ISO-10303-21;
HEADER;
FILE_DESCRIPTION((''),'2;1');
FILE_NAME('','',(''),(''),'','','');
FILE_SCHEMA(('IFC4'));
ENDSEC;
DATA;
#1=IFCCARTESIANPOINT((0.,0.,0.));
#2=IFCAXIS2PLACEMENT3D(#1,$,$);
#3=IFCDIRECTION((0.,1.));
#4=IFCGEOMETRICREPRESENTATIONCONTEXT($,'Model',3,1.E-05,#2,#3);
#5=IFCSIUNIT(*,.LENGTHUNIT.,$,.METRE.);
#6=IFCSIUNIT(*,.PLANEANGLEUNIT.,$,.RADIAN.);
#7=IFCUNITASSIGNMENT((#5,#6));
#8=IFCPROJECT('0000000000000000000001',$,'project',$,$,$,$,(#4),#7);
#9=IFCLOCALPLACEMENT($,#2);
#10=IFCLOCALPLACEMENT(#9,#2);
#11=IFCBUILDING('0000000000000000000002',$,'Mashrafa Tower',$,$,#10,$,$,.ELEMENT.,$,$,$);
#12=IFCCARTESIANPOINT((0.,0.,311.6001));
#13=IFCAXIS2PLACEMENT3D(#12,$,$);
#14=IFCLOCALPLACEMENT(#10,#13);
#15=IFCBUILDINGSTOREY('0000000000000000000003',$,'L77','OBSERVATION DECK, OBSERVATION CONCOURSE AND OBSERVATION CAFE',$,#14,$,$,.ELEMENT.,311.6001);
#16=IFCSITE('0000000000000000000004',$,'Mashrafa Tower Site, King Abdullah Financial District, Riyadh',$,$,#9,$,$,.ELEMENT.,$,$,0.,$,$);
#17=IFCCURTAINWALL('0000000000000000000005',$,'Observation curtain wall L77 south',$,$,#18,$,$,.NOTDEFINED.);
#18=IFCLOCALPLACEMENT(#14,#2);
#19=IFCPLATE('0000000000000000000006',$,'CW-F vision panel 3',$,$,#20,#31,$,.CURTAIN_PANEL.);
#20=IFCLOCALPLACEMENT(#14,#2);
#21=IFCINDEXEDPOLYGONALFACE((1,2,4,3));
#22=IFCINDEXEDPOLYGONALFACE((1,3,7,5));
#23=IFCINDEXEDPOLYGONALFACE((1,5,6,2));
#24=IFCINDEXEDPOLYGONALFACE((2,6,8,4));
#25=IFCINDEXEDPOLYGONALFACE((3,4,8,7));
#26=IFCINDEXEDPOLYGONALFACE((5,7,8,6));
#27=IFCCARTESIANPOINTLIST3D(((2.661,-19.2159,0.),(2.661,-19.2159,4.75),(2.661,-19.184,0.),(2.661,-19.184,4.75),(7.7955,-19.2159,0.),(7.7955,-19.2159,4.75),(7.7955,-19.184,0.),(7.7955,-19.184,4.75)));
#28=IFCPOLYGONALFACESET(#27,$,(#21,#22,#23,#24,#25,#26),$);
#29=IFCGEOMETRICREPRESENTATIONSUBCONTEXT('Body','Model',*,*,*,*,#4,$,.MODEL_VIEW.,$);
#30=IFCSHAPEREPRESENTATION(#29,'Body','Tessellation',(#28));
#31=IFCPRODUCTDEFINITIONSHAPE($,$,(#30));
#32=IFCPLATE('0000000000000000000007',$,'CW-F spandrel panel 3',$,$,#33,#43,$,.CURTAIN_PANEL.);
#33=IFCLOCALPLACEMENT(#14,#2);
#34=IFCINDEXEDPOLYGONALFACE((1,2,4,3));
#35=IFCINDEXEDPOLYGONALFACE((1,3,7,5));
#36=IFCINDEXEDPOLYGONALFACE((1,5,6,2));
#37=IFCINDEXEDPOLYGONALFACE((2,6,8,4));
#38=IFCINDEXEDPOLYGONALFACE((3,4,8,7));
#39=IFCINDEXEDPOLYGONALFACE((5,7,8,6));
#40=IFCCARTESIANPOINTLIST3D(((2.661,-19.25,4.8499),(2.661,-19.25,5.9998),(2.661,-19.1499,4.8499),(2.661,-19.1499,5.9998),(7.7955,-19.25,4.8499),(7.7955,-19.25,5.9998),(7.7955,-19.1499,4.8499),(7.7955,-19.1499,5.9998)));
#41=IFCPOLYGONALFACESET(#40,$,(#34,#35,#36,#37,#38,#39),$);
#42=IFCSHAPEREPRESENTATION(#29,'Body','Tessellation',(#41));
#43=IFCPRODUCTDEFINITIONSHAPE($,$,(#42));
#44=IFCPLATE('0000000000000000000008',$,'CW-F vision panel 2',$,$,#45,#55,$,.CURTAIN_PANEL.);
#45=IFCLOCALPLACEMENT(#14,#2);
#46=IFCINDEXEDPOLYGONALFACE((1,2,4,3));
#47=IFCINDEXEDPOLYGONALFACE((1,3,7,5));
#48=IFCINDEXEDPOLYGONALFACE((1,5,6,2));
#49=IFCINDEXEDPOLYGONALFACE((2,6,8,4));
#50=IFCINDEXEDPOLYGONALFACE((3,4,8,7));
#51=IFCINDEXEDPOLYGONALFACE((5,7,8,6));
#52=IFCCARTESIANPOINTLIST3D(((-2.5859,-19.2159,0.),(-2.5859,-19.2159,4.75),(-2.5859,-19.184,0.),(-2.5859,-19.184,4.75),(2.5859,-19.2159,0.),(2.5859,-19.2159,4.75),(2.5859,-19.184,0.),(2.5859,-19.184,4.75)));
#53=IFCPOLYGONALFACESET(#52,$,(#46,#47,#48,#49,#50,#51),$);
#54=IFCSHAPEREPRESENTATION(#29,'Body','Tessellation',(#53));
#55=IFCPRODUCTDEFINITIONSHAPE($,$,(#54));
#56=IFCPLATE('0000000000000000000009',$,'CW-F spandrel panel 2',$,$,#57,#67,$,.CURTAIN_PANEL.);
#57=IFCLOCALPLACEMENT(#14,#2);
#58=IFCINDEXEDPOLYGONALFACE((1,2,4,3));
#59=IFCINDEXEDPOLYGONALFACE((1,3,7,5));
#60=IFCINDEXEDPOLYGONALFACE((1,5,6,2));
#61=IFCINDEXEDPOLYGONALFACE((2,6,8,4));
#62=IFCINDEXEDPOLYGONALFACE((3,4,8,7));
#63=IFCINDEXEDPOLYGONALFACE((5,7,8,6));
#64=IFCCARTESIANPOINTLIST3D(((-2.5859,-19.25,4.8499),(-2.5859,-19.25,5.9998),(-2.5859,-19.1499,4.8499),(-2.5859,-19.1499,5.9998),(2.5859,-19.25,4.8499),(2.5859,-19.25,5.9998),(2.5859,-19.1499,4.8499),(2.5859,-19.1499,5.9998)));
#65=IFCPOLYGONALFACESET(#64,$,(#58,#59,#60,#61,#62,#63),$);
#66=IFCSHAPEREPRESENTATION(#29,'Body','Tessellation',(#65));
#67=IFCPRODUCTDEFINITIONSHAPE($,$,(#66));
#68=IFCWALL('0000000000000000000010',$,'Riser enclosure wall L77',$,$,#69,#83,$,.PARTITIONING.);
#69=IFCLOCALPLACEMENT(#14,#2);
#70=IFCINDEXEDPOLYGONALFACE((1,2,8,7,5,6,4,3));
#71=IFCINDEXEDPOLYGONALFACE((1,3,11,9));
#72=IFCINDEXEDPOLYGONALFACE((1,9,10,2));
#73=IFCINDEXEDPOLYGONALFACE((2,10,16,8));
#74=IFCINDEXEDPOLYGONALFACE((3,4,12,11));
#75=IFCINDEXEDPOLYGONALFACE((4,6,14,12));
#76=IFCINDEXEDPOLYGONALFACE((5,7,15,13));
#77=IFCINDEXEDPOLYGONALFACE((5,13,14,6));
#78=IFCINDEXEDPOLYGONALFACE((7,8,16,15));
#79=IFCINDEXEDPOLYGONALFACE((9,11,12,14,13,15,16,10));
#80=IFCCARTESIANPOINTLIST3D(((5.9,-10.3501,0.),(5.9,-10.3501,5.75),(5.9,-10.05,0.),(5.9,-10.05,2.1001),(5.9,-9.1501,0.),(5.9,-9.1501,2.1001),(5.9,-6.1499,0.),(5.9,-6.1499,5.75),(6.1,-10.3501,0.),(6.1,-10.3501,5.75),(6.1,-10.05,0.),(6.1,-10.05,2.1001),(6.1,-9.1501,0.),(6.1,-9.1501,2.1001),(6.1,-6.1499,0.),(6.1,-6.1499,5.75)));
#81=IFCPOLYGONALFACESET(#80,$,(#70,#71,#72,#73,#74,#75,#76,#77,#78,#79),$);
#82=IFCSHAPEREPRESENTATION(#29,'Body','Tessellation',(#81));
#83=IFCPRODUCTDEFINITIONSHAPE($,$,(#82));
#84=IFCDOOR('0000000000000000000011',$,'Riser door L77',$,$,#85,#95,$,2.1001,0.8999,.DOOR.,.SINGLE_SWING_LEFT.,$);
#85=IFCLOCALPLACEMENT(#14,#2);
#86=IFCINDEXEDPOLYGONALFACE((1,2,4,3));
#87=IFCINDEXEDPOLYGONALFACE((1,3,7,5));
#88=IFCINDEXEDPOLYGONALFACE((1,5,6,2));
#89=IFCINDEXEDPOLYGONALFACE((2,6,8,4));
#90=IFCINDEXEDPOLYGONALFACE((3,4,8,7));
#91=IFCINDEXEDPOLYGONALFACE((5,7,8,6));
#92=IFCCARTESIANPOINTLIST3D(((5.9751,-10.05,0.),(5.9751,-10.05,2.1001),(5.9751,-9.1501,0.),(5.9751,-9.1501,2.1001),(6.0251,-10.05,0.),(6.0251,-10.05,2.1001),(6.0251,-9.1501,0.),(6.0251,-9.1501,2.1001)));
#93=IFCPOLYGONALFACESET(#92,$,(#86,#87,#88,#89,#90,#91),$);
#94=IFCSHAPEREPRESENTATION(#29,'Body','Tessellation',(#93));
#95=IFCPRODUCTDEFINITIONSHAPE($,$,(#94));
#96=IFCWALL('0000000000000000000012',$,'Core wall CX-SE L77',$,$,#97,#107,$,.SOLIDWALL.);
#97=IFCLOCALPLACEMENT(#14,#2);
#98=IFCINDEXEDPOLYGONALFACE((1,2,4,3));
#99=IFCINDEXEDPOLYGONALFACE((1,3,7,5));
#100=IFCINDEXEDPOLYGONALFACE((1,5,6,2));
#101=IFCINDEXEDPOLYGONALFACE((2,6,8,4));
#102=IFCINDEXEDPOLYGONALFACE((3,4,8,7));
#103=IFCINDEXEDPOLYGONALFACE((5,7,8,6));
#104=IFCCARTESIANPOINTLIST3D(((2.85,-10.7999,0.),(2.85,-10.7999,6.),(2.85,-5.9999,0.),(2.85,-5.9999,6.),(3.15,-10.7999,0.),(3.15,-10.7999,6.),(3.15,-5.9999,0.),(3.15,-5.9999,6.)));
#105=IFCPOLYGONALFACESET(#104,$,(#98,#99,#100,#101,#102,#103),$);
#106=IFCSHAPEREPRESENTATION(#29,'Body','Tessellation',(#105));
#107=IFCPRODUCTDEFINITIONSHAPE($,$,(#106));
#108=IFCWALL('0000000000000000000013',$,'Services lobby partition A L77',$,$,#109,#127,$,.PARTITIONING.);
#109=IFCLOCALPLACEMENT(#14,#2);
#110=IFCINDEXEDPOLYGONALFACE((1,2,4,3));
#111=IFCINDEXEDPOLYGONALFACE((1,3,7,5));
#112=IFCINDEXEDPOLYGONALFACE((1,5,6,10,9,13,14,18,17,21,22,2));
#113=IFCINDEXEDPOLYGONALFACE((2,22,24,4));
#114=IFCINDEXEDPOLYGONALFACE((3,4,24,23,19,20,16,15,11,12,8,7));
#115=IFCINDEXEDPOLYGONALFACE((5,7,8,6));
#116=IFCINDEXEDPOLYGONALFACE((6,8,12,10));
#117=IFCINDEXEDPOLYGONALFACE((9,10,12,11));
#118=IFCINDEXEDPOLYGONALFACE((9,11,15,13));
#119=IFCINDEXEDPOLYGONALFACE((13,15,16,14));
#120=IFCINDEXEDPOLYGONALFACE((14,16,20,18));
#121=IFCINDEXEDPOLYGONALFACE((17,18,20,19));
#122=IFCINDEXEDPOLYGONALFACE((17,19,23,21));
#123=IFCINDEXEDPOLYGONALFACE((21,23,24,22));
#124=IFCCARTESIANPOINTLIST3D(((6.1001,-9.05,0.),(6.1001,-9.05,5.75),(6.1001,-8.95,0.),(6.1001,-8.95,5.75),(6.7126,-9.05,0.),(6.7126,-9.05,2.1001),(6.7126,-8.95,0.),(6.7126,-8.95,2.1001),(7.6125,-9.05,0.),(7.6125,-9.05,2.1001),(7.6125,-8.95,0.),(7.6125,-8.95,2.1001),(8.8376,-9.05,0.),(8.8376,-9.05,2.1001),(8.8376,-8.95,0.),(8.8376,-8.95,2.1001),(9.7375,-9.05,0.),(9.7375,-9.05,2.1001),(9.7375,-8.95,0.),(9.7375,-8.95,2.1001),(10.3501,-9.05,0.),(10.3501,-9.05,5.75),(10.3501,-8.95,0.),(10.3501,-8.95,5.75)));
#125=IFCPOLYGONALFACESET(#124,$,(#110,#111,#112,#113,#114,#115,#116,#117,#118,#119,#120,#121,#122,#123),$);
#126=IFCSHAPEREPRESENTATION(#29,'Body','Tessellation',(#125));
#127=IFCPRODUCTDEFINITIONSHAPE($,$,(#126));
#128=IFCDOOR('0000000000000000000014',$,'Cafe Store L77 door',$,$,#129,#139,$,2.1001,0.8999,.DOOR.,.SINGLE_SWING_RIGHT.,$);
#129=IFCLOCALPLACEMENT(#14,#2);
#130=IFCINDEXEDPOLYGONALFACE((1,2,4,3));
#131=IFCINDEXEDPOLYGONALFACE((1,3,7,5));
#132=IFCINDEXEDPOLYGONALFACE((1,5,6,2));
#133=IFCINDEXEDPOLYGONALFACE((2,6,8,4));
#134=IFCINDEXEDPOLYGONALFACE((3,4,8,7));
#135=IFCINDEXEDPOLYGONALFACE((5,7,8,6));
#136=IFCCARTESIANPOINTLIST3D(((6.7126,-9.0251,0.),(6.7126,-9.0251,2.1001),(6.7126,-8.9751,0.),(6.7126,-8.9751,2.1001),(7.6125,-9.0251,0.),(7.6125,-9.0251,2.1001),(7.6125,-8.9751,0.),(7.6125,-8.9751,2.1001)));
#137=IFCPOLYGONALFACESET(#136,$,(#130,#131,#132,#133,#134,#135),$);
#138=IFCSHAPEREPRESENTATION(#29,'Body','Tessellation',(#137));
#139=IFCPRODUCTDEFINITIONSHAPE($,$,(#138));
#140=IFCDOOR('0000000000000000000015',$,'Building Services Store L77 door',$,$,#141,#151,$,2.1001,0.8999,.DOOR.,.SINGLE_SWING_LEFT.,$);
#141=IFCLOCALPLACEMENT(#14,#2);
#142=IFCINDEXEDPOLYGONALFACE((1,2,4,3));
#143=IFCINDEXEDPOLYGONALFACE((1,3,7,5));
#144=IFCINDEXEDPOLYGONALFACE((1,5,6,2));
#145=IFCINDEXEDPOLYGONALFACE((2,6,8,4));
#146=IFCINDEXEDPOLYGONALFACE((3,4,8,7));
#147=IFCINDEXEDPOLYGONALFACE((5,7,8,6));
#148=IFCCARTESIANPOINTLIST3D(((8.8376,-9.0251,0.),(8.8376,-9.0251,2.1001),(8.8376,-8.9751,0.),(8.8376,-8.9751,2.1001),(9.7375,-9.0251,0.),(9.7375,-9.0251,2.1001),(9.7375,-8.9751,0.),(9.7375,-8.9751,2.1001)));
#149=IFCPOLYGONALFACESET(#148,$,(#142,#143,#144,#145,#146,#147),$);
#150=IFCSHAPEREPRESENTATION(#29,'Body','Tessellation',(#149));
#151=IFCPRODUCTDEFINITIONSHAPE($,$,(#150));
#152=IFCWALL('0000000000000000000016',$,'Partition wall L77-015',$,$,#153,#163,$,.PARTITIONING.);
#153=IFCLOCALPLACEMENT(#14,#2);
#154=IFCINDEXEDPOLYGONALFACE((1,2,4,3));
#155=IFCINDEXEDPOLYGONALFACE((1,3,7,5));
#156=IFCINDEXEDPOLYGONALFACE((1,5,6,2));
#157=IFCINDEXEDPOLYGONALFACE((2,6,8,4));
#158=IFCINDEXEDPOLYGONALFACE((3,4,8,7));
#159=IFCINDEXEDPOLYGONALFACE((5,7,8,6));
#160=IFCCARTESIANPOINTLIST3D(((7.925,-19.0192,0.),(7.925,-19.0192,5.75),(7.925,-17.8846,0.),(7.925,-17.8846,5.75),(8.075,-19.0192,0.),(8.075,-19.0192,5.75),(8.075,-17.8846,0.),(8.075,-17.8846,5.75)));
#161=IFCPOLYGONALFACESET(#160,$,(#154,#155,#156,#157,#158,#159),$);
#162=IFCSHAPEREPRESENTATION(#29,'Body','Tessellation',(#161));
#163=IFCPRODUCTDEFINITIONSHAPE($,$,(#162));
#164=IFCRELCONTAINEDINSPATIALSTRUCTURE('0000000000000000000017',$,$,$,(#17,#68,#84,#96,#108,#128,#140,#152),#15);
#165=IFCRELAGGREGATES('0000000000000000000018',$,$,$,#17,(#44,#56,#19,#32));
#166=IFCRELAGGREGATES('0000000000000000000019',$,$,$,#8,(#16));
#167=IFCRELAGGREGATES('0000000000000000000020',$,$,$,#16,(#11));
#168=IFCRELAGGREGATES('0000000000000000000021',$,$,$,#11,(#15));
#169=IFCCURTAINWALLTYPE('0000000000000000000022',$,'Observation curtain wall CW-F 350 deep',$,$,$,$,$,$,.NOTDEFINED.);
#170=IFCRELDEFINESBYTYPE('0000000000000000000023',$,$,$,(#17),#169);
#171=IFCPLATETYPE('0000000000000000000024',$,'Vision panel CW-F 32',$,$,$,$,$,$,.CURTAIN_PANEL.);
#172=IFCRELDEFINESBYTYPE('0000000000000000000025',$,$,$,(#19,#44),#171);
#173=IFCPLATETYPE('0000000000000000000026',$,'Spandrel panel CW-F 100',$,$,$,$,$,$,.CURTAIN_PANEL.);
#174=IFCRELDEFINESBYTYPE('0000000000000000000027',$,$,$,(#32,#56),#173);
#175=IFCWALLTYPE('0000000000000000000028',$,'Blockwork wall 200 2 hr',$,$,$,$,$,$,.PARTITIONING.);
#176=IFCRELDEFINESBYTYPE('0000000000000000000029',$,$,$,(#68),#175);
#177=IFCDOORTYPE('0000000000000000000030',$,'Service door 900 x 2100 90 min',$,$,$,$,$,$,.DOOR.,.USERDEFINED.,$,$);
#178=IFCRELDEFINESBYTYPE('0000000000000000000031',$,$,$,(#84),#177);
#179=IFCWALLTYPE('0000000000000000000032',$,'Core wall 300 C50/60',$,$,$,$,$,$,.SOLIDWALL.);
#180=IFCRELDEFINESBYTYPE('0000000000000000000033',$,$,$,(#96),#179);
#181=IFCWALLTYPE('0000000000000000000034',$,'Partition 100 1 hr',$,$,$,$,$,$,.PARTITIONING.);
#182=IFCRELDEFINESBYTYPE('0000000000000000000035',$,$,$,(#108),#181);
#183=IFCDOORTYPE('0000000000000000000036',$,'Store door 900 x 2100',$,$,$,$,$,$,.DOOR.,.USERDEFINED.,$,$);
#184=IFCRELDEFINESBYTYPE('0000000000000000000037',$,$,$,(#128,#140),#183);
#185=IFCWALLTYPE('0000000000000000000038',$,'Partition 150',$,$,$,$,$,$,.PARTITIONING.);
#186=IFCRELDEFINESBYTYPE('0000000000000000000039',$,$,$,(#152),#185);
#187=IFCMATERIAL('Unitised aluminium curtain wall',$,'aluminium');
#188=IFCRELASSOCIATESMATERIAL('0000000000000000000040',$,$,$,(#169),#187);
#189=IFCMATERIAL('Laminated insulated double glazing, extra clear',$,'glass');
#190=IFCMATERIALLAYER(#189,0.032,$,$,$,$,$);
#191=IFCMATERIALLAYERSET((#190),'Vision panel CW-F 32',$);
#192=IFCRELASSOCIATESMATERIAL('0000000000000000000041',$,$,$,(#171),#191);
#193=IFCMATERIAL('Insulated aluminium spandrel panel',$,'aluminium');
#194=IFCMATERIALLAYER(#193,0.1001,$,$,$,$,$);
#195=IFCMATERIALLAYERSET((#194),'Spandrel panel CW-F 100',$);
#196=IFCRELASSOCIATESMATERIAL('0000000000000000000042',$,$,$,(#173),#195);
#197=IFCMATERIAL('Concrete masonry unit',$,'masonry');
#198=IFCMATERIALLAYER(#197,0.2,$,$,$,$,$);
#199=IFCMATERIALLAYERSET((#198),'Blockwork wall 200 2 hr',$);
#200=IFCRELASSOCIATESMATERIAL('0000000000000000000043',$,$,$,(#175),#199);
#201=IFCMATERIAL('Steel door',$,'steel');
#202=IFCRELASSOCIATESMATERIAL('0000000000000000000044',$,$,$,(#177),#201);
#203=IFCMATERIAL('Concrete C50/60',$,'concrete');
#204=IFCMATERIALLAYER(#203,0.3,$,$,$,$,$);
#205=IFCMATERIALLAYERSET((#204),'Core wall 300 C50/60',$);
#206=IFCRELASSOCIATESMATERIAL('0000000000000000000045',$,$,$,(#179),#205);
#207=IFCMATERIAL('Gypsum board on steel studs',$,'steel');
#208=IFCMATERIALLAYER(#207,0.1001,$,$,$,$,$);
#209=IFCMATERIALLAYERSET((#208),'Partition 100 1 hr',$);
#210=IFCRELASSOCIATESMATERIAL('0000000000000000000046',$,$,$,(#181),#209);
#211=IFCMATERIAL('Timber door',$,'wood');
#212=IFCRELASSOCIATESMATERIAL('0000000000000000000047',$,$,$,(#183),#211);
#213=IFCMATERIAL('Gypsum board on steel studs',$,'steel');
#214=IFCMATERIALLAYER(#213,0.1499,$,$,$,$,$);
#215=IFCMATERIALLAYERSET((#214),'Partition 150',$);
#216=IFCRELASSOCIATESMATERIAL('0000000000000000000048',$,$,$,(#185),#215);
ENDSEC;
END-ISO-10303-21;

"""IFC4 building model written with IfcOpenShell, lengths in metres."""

from ifc_helpers import new_model, si_unit, direction, frame, frame_2d, origin, origin_2d, place, context, subcontext, project, spatial, rectangle, extrude, source, transform, mapped, material, layer, layer_set, type_object, type_shapes, element, fill, aggregate, save


model = new_model("IFC4")

# Units and contexts
model_context = context("Model", 3, precision=1e-05, world=origin(), true_north=direction((0.0, 1.0)))
body_context = subcontext(model_context, "Body", "Model", "MODEL_VIEW")
ifc_project = project(units=[si_unit("LENGTHUNIT", "METRE"), si_unit("PLANEANGLEUNIT", "RADIAN")], contexts=[model_context])

# Site, building, storey
site_placement = place(None, origin())
site = spatial("IfcSite", under=ifc_project, at=site_placement, Name="Mashrafa Tower Site, King Abdullah Financial District, Riyadh", CompositionType="ELEMENT", RefElevation=0.0)
building_placement = place(site_placement, origin())
building = spatial("IfcBuilding", under=site, at=building_placement, Name="Mashrafa Tower", CompositionType="ELEMENT")
storey_placement = place(building_placement, frame((0.0, 0.0, 311.6001)))
storey = spatial("IfcBuildingStorey", under=building, at=storey_placement, Name="L77", Description="OBSERVATION DECK, OBSERVATION CONCOURSE AND OBSERVATION CAFE", CompositionType="ELEMENT", Elevation=311.6001)

# Curtain wall
ifc_material_1 = material(Name="Unitised aluminium curtain wall", Category="aluminium")
curtain_wall_type = type_object("IfcCurtainWallType", Name="Observation curtain wall CW-F 350 deep", PredefinedType="NOTDEFINED", material=ifc_material_1)
curtain_wall_1_placement = place(storey_placement, origin())
curtain_wall_1 = element("IfcCurtainWall", 1, at=curtain_wall_1_placement, inside=storey, type_object=curtain_wall_type, Name="Observation curtain wall L77 south", PredefinedType="NOTDEFINED")

# Plates
ifc_material_2 = material(Name="Laminated insulated double glazing, extra clear", Category="glass")
ifc_layer_1 = layer(ifc_material_2, 0.032)
ifc_layer_set_1 = layer_set([ifc_layer_1], Name="Vision panel CW-F 32")
plate_type_1 = type_object("IfcPlateType", Name="Vision panel CW-F 32", PredefinedType="CURTAIN_PANEL", material=ifc_layer_set_1)
shared_shape_1 = source(origin(), body_context, "Body", "SweptSolid", [
    extrude(rectangle(XDim=5.1345, YDim=0.032, at=origin_2d()), origin(), (0.0, 0.0, 1.0), 4.75),
])
plate_1_placement = place(storey_placement, frame((5.2283, -19.2, 0.0), z_axis=(0.0, 0.0, 1.0), x_axis=(1.0, 0.0, 0.0)))
plate_1 = element("IfcPlate", 2, at=plate_1_placement, type_object=plate_type_1, Name="CW-F vision panel 3", PredefinedType="CURTAIN_PANEL", context=body_context, shape_type="MappedRepresentation", body=[
    mapped(shared_shape_1, transform((0.0, 0.0, 0.0))),
])
ifc_material_3 = material(Name="Insulated aluminium spandrel panel", Category="aluminium")
ifc_layer_2 = layer(ifc_material_3, 0.1001)
ifc_layer_set_2 = layer_set([ifc_layer_2], Name="Spandrel panel CW-F 100")
plate_type_2 = type_object("IfcPlateType", Name="Spandrel panel CW-F 100", PredefinedType="CURTAIN_PANEL", material=ifc_layer_set_2)
shared_shape_2 = source(origin(), body_context, "Body", "SweptSolid", [
    extrude(rectangle(XDim=5.1345, YDim=0.1001, at=origin_2d()), origin(), (0.0, 0.0, 1.0), 1.1499),
])
plate_2_placement = place(storey_placement, frame((5.2283, -19.2, 4.8499), z_axis=(0.0, 0.0, 1.0), x_axis=(1.0, 0.0, 0.0)))
plate_2 = element("IfcPlate", 3, at=plate_2_placement, type_object=plate_type_2, Name="CW-F spandrel panel 3", PredefinedType="CURTAIN_PANEL", context=body_context, shape_type="MappedRepresentation", body=[
    mapped(shared_shape_2, transform((0.0, 0.0, 0.0))),
])
shared_shape_3 = source(origin(), body_context, "Body", "SweptSolid", [
    extrude(rectangle(XDim=5.1719, YDim=0.032, at=origin_2d()), origin(), (0.0, 0.0, 1.0), 4.75),
])
type_shapes(plate_type_1, [shared_shape_1, shared_shape_3])
plate_3_placement = place(storey_placement, frame((0.0, -19.2, 0.0), z_axis=(0.0, 0.0, 1.0), x_axis=(1.0, 0.0, 0.0)))
plate_3 = element("IfcPlate", 4, at=plate_3_placement, type_object=plate_type_1, Name="CW-F vision panel 2", PredefinedType="CURTAIN_PANEL", context=body_context, shape_type="MappedRepresentation", body=[
    mapped(shared_shape_3, transform((0.0, 0.0, 0.0))),
])
shared_shape_4 = source(origin(), body_context, "Body", "SweptSolid", [
    extrude(rectangle(XDim=5.1719, YDim=0.1001, at=origin_2d()), origin(), (0.0, 0.0, 1.0), 1.1499),
])
type_shapes(plate_type_2, [shared_shape_2, shared_shape_4])
plate_4_placement = place(storey_placement, frame((0.0, -19.2, 4.8499), z_axis=(0.0, 0.0, 1.0), x_axis=(1.0, 0.0, 0.0)))
plate_4 = element("IfcPlate", 5, at=plate_4_placement, type_object=plate_type_2, Name="CW-F spandrel panel 2", PredefinedType="CURTAIN_PANEL", context=body_context, shape_type="MappedRepresentation", body=[
    mapped(shared_shape_4, transform((0.0, 0.0, 0.0))),
])
aggregate(curtain_wall_1, [plate_3, plate_4, plate_1, plate_2])

# Wall, opening, door
ifc_material_4 = material(Name="Concrete masonry unit", Category="masonry")
ifc_layer_3 = layer(ifc_material_4, 0.2)
ifc_layer_set_3 = layer_set([ifc_layer_3], Name="Blockwork wall 200 2 hr")
wall_type_1 = type_object("IfcWallType", Name="Blockwork wall 200 2 hr", PredefinedType="PARTITIONING", material=ifc_layer_set_3)
wall_1_placement = place(storey_placement, frame((6.0, -10.3501, 0.0), z_axis=(0.0, 0.0, 1.0), x_axis=(0.0, 1.0, 0.0)))
wall_1 = element("IfcWall", 6, at=wall_1_placement, inside=storey, type_object=wall_type_1, Name="Riser enclosure wall L77", PredefinedType="PARTITIONING", context=body_context, shape_type="SweptSolid", body=[
    extrude(rectangle(XDim=4.2002, YDim=0.2, at=frame_2d((2.1001, 0.0))), origin(), (0.0, 0.0, 1.0), 5.75),
])
opening_1_placement = place(wall_1_placement, frame((0.3, 0.0, 0.0)))
opening_1 = element("IfcOpeningElement", 7, at=opening_1_placement, cuts=wall_1, PredefinedType="OPENING", context=body_context, shape_type="SweptSolid", body=[
    extrude(rectangle(XDim=0.8999, YDim=2.1001, at=frame_2d((0.45, 1.05))), frame((0.0, 0.1099, 0.0), z_axis=(0.0, -1.0, 0.0), x_axis=(1.0, 0.0, 0.0)), (0.0, 0.0, 1.0), 0.22),
])
ifc_material_5 = material(Name="Steel door", Category="steel")
door_type_1 = type_object("IfcDoorType", Name="Service door 900 x 2100 90 min", OperationType="USERDEFINED", PredefinedType="DOOR", material=ifc_material_5)
door_1_placement = place(opening_1_placement, origin())
door_1 = element("IfcDoor", 8, at=door_1_placement, inside=storey, type_object=door_type_1, Name="Riser door L77", OperationType="SINGLE_SWING_LEFT", OverallHeight=2.1001, OverallWidth=0.8999, PredefinedType="DOOR", context=body_context, shape_type="SweptSolid", body=[
    extrude(rectangle(XDim=0.8999, YDim=2.1001, at=frame_2d((0.45, 1.05))), frame((0.0, 0.0249, 0.0), z_axis=(0.0, -1.0, 0.0), x_axis=(1.0, 0.0, 0.0)), (0.0, 0.0, 1.0), 0.05),
])
fill(opening_1, door_1)

# Wall
ifc_material_6 = material(Name="Concrete C50/60", Category="concrete")
ifc_layer_4 = layer(ifc_material_6, 0.3)
ifc_layer_set_4 = layer_set([ifc_layer_4], Name="Core wall 300 C50/60")
wall_type_2 = type_object("IfcWallType", Name="Core wall 300 C50/60", PredefinedType="SOLIDWALL", material=ifc_layer_set_4)
wall_2_placement = place(storey_placement, frame((3.0, -6.0, 0.0), z_axis=(0.0, 0.0, 1.0), x_axis=(0.0, -1.0, 0.0)))
element("IfcWall", 9, at=wall_2_placement, inside=storey, type_object=wall_type_2, Name="Core wall CX-SE L77", PredefinedType="SOLIDWALL", context=body_context, shape_type="SweptSolid", body=[
    extrude(rectangle(XDim=4.8, YDim=0.3, at=frame_2d((2.3999, 0.0))), origin(), (0.0, 0.0, 1.0), 6.0),
])

# Wall, openings, doors
ifc_material_7 = material(Name="Gypsum board on steel studs", Category="steel")
ifc_layer_5 = layer(ifc_material_7, 0.1001)
ifc_layer_set_5 = layer_set([ifc_layer_5], Name="Partition 100 1 hr")
wall_type_3 = type_object("IfcWallType", Name="Partition 100 1 hr", PredefinedType="PARTITIONING", material=ifc_layer_set_5)
wall_3_placement = place(storey_placement, frame((6.1001, -9.0, 0.0), z_axis=(0.0, 0.0, 1.0), x_axis=(1.0, 0.0, 0.0)))
wall_3 = element("IfcWall", 10, at=wall_3_placement, inside=storey, type_object=wall_type_3, Name="Services lobby partition A L77", PredefinedType="PARTITIONING", context=body_context, shape_type="SweptSolid", body=[
    extrude(rectangle(XDim=4.25, YDim=0.1001, at=frame_2d((2.125, 0.0))), origin(), (0.0, 0.0, 1.0), 5.75),
])
opening_2_placement = place(wall_3_placement, frame((0.6125, 0.0, 0.0)))
opening_2 = element("IfcOpeningElement", 11, at=opening_2_placement, cuts=wall_3, PredefinedType="OPENING", context=body_context, shape_type="SweptSolid", body=[
    extrude(rectangle(XDim=0.8999, YDim=2.1001, at=frame_2d((0.45, 1.05))), frame((0.0, 0.0601, 0.0), z_axis=(0.0, -1.0, 0.0), x_axis=(1.0, 0.0, 0.0)), (0.0, 0.0, 1.0), 0.1201),
])
opening_3_placement = place(wall_3_placement, frame((2.7375, 0.0, 0.0)))
opening_3 = element("IfcOpeningElement", 12, at=opening_3_placement, cuts=wall_3, PredefinedType="OPENING", context=body_context, shape_type="SweptSolid", body=[
    extrude(rectangle(XDim=0.8999, YDim=2.1001, at=frame_2d((0.45, 1.05))), frame((0.0, 0.0601, 0.0), z_axis=(0.0, -1.0, 0.0), x_axis=(1.0, 0.0, 0.0)), (0.0, 0.0, 1.0), 0.1201),
])
ifc_material_8 = material(Name="Timber door", Category="wood")
door_type_2 = type_object("IfcDoorType", Name="Store door 900 x 2100", OperationType="USERDEFINED", PredefinedType="DOOR", material=ifc_material_8)
door_2_placement = place(opening_2_placement, origin())
door_2 = element("IfcDoor", 13, at=door_2_placement, inside=storey, type_object=door_type_2, Name="Cafe Store L77 door", OperationType="SINGLE_SWING_RIGHT", OverallHeight=2.1001, OverallWidth=0.8999, PredefinedType="DOOR", context=body_context, shape_type="SweptSolid", body=[
    extrude(rectangle(XDim=0.8999, YDim=2.1001, at=frame_2d((0.45, 1.05))), frame((0.0, 0.0249, 0.0), z_axis=(0.0, -1.0, 0.0), x_axis=(1.0, 0.0, 0.0)), (0.0, 0.0, 1.0), 0.05),
])
fill(opening_2, door_2)
door_3_placement = place(opening_3_placement, origin())
door_3 = element("IfcDoor", 14, at=door_3_placement, inside=storey, type_object=door_type_2, Name="Building Services Store L77 door", OperationType="SINGLE_SWING_LEFT", OverallHeight=2.1001, OverallWidth=0.8999, PredefinedType="DOOR", context=body_context, shape_type="SweptSolid", body=[
    extrude(rectangle(XDim=0.8999, YDim=2.1001, at=frame_2d((0.45, 1.05))), frame((0.0, 0.0249, 0.0), z_axis=(0.0, -1.0, 0.0), x_axis=(1.0, 0.0, 0.0)), (0.0, 0.0, 1.0), 0.05),
])
fill(opening_3, door_3)

# Wall
ifc_material_9 = material(Name="Gypsum board on steel studs", Category="steel")
ifc_layer_6 = layer(ifc_material_9, 0.1499)
ifc_layer_set_6 = layer_set([ifc_layer_6], Name="Partition 150")
wall_type_4 = type_object("IfcWallType", Name="Partition 150", PredefinedType="PARTITIONING", material=ifc_layer_set_6)
wall_4_placement = place(storey_placement, frame((8.0, -19.0193, 0.0), z_axis=(0.0, 0.0, 1.0), x_axis=(0.0, 1.0, 0.0)))
element("IfcWall", 15, at=wall_4_placement, inside=storey, type_object=wall_type_4, Name="Partition wall L77-015", PredefinedType="PARTITIONING", context=body_context, shape_type="SweptSolid", body=[
    extrude(rectangle(XDim=1.1345, YDim=0.1499, at=frame_2d((0.5674, 0.0))), origin(), (0.0, 0.0, 1.0), 5.75),
])

save(model, "model.ifc")
